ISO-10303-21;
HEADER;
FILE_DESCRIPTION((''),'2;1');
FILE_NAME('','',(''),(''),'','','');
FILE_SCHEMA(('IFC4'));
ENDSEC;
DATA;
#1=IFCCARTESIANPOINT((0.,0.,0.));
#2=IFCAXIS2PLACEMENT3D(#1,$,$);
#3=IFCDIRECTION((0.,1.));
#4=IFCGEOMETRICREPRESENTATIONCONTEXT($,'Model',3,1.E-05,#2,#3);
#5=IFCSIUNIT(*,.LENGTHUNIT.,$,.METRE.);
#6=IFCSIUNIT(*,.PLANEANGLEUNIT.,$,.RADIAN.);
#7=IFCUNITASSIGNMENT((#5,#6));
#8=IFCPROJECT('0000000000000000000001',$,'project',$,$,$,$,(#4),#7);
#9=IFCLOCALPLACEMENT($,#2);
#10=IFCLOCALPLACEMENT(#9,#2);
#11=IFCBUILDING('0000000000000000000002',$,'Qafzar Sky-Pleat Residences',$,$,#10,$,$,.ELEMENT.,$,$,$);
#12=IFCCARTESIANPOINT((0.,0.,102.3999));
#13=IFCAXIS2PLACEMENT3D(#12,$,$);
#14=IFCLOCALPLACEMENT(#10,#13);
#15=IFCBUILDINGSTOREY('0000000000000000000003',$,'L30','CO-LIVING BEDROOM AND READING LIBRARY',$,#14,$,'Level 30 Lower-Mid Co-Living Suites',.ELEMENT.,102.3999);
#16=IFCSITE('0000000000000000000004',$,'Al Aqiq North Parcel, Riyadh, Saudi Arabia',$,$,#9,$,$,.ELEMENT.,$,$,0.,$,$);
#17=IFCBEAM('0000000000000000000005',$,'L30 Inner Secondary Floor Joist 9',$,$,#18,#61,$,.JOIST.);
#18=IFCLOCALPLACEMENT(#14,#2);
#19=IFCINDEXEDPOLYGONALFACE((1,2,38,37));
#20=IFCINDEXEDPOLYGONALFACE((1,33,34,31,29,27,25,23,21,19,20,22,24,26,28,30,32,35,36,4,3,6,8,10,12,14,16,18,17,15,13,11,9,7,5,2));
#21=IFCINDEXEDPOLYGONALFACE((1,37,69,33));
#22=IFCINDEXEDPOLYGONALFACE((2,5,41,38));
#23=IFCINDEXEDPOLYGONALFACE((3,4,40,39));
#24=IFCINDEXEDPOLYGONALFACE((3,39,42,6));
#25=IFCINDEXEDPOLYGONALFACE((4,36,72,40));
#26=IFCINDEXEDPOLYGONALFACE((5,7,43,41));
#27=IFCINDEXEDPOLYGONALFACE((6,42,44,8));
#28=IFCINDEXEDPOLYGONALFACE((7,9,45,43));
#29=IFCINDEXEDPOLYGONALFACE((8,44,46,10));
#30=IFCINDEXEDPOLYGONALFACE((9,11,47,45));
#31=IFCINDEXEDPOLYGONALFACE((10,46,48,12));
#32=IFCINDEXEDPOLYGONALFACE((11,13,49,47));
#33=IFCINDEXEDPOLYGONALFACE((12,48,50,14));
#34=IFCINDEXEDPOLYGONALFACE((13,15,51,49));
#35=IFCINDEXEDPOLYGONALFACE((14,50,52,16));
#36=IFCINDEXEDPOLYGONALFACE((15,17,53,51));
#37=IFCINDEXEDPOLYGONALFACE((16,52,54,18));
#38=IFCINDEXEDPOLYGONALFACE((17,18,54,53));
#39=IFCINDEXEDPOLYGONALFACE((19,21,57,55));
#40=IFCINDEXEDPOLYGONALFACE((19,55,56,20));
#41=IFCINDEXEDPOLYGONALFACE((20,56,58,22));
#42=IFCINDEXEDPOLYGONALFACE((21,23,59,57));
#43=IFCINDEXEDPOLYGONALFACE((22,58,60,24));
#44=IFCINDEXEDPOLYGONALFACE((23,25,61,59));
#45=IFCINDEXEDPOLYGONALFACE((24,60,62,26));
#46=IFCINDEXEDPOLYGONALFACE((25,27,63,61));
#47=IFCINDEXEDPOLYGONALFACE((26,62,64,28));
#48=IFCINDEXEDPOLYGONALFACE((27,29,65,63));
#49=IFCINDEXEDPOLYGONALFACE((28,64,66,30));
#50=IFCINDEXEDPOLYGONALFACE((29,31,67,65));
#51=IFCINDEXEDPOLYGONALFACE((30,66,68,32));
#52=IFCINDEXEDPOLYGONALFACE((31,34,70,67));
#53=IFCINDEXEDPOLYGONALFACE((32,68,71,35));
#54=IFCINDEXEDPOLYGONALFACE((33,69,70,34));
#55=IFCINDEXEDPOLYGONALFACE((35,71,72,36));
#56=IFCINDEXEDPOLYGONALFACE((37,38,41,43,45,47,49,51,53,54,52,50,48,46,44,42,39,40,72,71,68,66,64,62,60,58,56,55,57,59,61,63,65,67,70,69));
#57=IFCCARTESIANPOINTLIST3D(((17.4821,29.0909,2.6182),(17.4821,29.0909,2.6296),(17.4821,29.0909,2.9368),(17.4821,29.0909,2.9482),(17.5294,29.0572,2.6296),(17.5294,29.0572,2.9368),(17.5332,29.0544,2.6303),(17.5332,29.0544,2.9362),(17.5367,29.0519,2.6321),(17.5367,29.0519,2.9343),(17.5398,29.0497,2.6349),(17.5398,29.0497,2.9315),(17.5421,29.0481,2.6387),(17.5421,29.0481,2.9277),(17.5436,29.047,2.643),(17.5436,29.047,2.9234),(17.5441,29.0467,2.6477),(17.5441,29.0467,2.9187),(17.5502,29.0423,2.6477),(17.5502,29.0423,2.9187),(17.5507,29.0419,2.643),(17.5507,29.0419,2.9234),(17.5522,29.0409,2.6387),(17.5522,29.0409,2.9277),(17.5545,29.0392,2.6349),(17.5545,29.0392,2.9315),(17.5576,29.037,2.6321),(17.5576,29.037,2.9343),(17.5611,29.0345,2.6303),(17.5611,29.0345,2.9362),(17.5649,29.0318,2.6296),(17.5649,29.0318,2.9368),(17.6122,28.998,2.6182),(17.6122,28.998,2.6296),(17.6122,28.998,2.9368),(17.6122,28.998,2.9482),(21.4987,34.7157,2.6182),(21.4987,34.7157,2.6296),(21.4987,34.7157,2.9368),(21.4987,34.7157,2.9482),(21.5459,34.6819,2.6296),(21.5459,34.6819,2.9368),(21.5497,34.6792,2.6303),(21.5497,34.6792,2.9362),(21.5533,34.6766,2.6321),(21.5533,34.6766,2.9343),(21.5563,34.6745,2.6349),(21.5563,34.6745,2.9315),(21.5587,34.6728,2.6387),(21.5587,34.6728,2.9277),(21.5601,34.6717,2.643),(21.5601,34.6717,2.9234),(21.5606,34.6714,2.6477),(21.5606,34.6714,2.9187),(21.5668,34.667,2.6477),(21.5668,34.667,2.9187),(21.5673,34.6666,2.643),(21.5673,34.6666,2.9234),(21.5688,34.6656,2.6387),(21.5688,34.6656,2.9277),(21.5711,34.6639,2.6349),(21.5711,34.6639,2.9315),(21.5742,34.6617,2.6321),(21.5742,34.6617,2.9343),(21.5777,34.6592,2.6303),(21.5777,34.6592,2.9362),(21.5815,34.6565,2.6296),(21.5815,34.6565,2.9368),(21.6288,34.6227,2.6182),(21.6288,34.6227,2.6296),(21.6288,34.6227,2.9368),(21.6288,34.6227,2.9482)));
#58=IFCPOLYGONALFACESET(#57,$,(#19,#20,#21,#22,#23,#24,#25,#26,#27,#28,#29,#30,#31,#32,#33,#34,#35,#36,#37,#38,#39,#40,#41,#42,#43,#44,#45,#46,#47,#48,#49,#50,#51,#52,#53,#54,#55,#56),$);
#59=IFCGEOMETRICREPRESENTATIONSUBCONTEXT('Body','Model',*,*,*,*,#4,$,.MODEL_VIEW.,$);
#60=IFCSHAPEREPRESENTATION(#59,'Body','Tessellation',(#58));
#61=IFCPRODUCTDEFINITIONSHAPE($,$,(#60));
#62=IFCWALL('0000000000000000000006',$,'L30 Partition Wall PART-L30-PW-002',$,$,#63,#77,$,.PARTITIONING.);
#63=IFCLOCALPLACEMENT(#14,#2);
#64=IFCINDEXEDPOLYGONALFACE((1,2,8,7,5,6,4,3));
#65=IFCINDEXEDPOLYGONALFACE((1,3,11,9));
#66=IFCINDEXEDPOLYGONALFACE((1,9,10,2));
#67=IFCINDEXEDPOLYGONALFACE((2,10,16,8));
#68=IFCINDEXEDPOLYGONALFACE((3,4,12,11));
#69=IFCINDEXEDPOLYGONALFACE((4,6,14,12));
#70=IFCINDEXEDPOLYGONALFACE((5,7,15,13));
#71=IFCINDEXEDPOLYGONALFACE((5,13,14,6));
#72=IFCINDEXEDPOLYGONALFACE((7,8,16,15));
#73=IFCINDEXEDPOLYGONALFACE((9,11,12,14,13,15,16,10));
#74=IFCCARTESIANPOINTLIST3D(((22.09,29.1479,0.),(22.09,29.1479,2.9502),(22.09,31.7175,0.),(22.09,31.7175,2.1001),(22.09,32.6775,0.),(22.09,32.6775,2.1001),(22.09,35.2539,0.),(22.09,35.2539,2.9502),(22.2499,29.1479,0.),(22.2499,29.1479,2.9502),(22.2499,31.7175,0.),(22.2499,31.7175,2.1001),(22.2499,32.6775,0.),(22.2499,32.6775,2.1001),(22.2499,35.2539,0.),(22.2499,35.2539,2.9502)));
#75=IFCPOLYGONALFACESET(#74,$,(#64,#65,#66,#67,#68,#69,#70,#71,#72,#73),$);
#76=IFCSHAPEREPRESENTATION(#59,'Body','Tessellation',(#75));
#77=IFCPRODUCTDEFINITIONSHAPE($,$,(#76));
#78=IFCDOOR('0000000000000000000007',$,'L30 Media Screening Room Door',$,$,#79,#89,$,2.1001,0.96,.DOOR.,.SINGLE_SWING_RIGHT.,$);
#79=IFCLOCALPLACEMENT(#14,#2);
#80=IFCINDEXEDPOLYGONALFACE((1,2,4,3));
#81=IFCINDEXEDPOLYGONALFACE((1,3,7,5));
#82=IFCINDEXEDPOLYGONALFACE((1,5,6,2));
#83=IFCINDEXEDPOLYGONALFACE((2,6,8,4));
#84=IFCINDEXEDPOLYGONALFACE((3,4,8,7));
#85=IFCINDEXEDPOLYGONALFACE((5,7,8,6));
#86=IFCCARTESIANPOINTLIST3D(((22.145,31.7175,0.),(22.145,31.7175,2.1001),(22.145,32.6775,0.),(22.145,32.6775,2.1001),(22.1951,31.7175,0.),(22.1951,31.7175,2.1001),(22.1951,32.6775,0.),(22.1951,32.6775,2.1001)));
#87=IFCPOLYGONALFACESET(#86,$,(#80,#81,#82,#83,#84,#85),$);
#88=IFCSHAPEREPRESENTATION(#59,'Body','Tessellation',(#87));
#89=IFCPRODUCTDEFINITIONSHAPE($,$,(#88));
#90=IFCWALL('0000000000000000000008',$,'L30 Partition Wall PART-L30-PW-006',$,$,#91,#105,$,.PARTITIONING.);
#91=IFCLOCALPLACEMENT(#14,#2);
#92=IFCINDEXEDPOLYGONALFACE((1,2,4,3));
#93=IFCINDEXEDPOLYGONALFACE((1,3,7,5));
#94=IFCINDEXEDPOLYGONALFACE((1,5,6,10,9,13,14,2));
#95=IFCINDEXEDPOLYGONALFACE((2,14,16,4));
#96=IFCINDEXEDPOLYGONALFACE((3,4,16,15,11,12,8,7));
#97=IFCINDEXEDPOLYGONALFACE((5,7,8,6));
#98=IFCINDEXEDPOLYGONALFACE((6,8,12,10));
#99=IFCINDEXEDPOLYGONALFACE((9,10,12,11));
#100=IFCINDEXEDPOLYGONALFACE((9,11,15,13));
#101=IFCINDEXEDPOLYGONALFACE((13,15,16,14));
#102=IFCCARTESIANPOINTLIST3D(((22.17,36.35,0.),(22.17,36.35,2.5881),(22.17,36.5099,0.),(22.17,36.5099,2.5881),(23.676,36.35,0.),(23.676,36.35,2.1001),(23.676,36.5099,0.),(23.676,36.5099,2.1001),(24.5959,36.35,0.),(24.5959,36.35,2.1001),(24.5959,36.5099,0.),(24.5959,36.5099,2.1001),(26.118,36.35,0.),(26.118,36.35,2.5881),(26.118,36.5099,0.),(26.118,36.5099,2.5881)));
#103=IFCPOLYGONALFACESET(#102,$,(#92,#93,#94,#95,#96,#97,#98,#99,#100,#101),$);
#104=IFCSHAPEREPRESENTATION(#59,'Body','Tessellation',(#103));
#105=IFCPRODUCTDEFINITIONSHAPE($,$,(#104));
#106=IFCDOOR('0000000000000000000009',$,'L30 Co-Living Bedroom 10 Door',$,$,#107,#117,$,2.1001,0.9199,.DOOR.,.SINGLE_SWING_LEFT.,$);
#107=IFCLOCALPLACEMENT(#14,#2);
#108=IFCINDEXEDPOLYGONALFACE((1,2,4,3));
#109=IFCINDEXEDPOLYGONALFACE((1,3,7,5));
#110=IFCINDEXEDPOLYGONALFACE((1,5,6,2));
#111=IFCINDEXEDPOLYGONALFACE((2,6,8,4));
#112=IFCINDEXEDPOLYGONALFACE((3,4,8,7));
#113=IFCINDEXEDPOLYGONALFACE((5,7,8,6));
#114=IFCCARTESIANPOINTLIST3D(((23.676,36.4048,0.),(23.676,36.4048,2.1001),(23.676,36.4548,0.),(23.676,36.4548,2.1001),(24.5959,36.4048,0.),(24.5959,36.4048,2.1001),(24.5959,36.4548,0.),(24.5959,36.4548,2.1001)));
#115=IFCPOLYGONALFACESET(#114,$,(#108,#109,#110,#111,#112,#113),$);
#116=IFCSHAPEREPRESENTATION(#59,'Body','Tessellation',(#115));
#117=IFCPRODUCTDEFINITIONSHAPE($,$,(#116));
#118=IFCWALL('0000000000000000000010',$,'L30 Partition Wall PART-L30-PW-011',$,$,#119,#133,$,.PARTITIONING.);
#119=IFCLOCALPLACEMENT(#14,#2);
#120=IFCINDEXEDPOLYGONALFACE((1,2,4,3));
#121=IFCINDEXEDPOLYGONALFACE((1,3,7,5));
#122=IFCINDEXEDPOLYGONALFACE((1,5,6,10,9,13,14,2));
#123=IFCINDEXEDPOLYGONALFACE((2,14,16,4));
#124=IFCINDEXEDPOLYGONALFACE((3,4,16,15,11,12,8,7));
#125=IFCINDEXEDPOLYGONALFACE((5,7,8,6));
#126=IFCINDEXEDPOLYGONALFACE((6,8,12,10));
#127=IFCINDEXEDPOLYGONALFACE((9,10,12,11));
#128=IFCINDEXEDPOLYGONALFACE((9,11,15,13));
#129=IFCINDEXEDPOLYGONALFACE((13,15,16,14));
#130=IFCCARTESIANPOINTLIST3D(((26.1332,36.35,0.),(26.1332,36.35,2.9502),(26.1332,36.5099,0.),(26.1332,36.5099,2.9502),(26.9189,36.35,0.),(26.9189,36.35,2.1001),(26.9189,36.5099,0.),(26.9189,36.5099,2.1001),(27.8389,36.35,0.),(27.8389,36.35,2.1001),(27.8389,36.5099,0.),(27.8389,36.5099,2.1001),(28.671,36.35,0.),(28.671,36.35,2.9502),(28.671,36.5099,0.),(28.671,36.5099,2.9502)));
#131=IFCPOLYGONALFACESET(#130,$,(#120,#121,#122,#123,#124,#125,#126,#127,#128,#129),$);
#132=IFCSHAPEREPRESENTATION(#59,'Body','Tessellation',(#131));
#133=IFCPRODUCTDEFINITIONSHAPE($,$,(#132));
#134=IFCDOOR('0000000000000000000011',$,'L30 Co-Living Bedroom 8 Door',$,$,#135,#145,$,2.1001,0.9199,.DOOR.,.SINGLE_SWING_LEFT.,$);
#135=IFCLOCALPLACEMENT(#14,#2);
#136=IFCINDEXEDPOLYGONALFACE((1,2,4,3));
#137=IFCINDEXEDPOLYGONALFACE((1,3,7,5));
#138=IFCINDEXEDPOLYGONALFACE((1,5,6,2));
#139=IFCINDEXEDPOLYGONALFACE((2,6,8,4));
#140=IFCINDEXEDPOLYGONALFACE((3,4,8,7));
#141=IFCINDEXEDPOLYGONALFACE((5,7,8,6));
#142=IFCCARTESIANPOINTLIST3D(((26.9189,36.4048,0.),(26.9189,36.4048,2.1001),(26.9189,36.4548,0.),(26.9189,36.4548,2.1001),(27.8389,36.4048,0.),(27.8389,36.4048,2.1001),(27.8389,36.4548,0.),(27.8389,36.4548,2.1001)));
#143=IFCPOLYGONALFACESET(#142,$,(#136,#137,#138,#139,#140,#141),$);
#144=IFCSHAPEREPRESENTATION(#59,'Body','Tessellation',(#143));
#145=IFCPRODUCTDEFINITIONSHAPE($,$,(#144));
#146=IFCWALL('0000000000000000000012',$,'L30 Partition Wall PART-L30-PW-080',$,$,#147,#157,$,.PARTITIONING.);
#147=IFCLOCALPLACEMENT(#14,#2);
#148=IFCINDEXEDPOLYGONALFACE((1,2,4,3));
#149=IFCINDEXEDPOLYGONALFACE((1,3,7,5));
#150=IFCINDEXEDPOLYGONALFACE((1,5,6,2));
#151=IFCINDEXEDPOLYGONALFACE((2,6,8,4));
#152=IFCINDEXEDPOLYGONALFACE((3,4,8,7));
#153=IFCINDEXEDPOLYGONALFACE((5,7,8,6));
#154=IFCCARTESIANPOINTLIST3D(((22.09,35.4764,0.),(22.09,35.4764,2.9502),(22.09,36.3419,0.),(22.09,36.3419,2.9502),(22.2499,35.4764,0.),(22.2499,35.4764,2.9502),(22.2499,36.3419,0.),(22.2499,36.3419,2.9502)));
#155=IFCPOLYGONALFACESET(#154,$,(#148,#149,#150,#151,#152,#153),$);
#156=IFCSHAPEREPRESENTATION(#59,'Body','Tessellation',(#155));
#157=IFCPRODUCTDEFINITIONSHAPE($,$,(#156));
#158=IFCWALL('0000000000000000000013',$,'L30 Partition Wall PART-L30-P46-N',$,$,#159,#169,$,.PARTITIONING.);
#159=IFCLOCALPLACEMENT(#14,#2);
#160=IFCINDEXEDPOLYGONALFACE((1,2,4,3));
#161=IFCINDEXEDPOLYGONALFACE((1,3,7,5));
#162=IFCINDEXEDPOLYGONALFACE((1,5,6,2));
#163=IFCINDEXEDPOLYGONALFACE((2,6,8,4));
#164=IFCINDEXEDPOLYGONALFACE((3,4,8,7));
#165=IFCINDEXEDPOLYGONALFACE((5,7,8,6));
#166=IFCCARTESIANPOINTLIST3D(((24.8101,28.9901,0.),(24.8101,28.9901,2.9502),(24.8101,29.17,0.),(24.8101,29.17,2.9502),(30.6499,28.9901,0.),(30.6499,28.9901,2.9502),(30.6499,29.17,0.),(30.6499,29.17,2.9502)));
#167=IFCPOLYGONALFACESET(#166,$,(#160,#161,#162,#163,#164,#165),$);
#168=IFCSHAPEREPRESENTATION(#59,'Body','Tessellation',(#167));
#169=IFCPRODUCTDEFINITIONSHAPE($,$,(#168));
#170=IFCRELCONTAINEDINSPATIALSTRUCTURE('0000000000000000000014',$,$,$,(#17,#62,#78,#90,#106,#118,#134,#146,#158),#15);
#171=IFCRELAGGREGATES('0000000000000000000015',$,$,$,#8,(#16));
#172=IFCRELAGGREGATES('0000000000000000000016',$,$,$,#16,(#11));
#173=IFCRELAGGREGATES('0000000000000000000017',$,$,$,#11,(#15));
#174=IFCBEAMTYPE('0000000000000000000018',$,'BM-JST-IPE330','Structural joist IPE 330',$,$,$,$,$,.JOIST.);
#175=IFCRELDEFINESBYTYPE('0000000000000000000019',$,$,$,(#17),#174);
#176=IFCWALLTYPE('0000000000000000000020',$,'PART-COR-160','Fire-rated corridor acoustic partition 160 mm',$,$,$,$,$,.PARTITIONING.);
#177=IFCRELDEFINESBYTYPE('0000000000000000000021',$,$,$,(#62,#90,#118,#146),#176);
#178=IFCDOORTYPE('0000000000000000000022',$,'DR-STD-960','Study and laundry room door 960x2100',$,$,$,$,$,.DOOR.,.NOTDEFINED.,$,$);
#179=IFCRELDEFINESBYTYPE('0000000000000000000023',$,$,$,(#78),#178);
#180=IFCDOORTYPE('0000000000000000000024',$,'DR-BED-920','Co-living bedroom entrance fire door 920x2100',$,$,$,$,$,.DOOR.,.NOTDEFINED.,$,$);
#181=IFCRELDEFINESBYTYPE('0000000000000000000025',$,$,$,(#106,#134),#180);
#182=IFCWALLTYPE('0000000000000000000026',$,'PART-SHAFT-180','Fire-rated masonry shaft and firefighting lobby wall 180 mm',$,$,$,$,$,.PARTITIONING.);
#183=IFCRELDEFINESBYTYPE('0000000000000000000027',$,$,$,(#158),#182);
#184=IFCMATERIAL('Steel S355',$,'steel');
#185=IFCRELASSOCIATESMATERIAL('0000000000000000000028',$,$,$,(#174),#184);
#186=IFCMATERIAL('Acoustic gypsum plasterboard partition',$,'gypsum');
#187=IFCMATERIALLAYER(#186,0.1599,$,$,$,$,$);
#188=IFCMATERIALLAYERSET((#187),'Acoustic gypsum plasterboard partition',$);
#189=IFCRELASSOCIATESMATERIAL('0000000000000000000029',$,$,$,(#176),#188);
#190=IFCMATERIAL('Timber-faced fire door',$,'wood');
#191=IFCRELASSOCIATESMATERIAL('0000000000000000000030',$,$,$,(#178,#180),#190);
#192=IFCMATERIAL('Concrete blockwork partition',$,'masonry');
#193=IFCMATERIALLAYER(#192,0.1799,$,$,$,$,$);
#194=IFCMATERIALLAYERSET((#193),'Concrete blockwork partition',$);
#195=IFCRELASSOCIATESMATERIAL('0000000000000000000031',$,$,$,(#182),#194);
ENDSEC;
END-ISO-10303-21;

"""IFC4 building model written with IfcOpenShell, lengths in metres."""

from ifc_helpers import new_model, si_unit, direction, frame, frame_2d, origin, origin_2d, place, context, subcontext, project, spatial, rectangle, i_section, extrude, source, transform, mapped, material, layer, layer_set, material_profile, profile_set, type_object, element, fill, save


model = new_model("IFC4")

# Units and contexts
model_context = context("Model", 3, precision=1e-05, world=origin(), true_north=direction((0.0, 1.0)))
body_context = subcontext(model_context, "Body", "Model", "MODEL_VIEW")
ifc_project = project(units=[si_unit("LENGTHUNIT", "METRE"), si_unit("PLANEANGLEUNIT", "RADIAN")], contexts=[model_context])

# Site, building, storey
site_placement = place(None, origin())
site = spatial("IfcSite", under=ifc_project, at=site_placement, Name="Al Aqiq North Parcel, Riyadh, Saudi Arabia", CompositionType="ELEMENT", RefElevation=0.0)
building_placement = place(site_placement, origin())
building = spatial("IfcBuilding", under=site, at=building_placement, Name="Qafzar Sky-Pleat Residences", CompositionType="ELEMENT")
storey_placement = place(building_placement, frame((0.0, 0.0, 102.3999)))
storey = spatial("IfcBuildingStorey", under=building, at=storey_placement, Name="L30", Description="CO-LIVING BEDROOM AND READING LIBRARY", LongName="Level 30 Lower-Mid Co-Living Suites", CompositionType="ELEMENT", Elevation=102.3999)

# Beam
ifc_material_1 = material(Name="Steel S355", Category="steel")
ifc_material_profile = material_profile(ifc_material_1, i_section(OverallWidth=0.1599, OverallDepth=0.3301, WebThickness=0.0076, FlangeThickness=0.0115, FilletRadius=0.0181, at=origin_2d()), Name="IPE 330")
ifc_profile_set = profile_set([ifc_material_profile], Name="Steel S355")
beam_type = type_object("IfcBeamType", Name="BM-JST-IPE330", Description="Structural joist IPE 330", PredefinedType="JOIST", material=ifc_profile_set)
shared_shape_1 = source(origin(), body_context, "Body", "SweptSolid", [
    extrude(i_section(OverallWidth=0.1599, OverallDepth=0.3301, WebThickness=0.0076, FlangeThickness=0.0115, FilletRadius=0.0181, at=origin_2d()), origin(), (0.0, 0.0, 1.0), 6.9116),
])
beam_placement = place(storey_placement, frame((21.5637, 34.6692, 2.7832), z_axis=(-0.581135, -0.813807, 0.0), x_axis=(0.813807, -0.581135, 0.0)))
element("IfcBeam", 1, at=beam_placement, inside=storey, type_object=beam_type, Name="L30 Inner Secondary Floor Joist 9", PredefinedType="JOIST", context=body_context, shape_type="MappedRepresentation", body=[
    mapped(shared_shape_1, transform((0.0, 0.0, 0.0), x_axis=(1.0, 0.0, 0.0), y_axis=(0.0, 1.0, 0.0), z_axis=(0.0, 0.0, 1.0), scale=1.0)),
])

# Walls, openings, doors
ifc_material_2 = material(Name="Acoustic gypsum plasterboard partition", Category="gypsum")
ifc_layer_1 = layer(ifc_material_2, 0.1599)
ifc_layer_set_1 = layer_set([ifc_layer_1], Name="Acoustic gypsum plasterboard partition")
wall_type_1 = type_object("IfcWallType", Name="PART-COR-160", Description="Fire-rated corridor acoustic partition 160 mm", PredefinedType="PARTITIONING", material=ifc_layer_set_1)
wall_1_placement = place(storey_placement, frame((22.1699, 29.1479, 0.0), z_axis=(0.0, 0.0, 1.0), x_axis=(0.0, 1.0, 0.0)))
wall_1 = element("IfcWall", 2, at=wall_1_placement, inside=storey, type_object=wall_type_1, Name="L30 Partition Wall PART-L30-PW-002", PredefinedType="PARTITIONING", context=body_context, shape_type="SweptSolid", body=[
    extrude(rectangle(XDim=6.106, YDim=0.1599, at=frame_2d((3.053, 0.0))), origin(), (0.0, 0.0, 1.0), 2.9502),
])
opening_1_placement = place(wall_1_placement, frame((2.5696, 0.0, 0.0)))
opening_1 = element("IfcOpeningElement", 3, at=opening_1_placement, cuts=wall_1, PredefinedType="OPENING", context=body_context, shape_type="SweptSolid", body=[
    extrude(rectangle(XDim=0.96, YDim=2.1001, at=frame_2d((0.48, 1.05))), frame((0.0, 0.0898, 0.0), z_axis=(0.0, -1.0, 0.0), x_axis=(1.0, 0.0, 0.0)), (0.0, 0.0, 1.0), 0.1799),
])
ifc_material_3 = material(Name="Timber-faced fire door", Category="wood")
door_type_1 = type_object("IfcDoorType", Name="DR-STD-960", Description="Study and laundry room door 960x2100", OperationType="NOTDEFINED", PredefinedType="DOOR", material=ifc_material_3)
shared_shape_2 = source(origin(), body_context, "Body", "SweptSolid", [
    extrude(rectangle(XDim=0.96, YDim=2.1001, at=frame_2d((0.48, 1.05))), frame((0.0, 0.0249, 0.0), z_axis=(0.0, -1.0, 0.0), x_axis=(1.0, 0.0, 0.0)), (0.0, 0.0, 1.0), 0.05),
])
door_1_placement = place(opening_1_placement, origin())
door_1 = element("IfcDoor", 4, at=door_1_placement, inside=storey, type_object=door_type_1, Name="L30 Media Screening Room Door", OperationType="SINGLE_SWING_RIGHT", OverallHeight=2.1001, OverallWidth=0.96, PredefinedType="DOOR", context=body_context, shape_type="MappedRepresentation", body=[
    mapped(shared_shape_2, transform((0.0, 0.0, 0.0), x_axis=(1.0, 0.0, 0.0), y_axis=(0.0, 1.0, 0.0), z_axis=(0.0, 0.0, 1.0), scale=1.0)),
])
fill(opening_1, door_1)
wall_2_placement = place(storey_placement, frame((22.1699, 36.4299, 0.0), z_axis=(0.0, 0.0, 1.0), x_axis=(1.0, 0.0, 0.0)))
wall_2 = element("IfcWall", 5, at=wall_2_placement, inside=storey, type_object=wall_type_1, Name="L30 Partition Wall PART-L30-PW-006", PredefinedType="PARTITIONING", context=body_context, shape_type="SweptSolid", body=[
    extrude(rectangle(XDim=3.948, YDim=0.1599, at=frame_2d((1.9741, 0.0))), origin(), (0.0, 0.0, 1.0), 2.5881),
])
opening_2_placement = place(wall_2_placement, frame((1.5061, 0.0, 0.0)))
opening_2 = element("IfcOpeningElement", 6, at=opening_2_placement, cuts=wall_2, PredefinedType="OPENING", context=body_context, shape_type="SweptSolid", body=[
    extrude(rectangle(XDim=0.9199, YDim=2.1001, at=frame_2d((0.46, 1.05))), frame((0.0, 0.0898, 0.0), z_axis=(0.0, -1.0, 0.0), x_axis=(1.0, 0.0, 0.0)), (0.0, 0.0, 1.0), 0.1799),
])
door_type_2 = type_object("IfcDoorType", Name="DR-BED-920", Description="Co-living bedroom entrance fire door 920x2100", OperationType="NOTDEFINED", PredefinedType="DOOR", material=ifc_material_3)
shared_shape_3 = source(origin(), body_context, "Body", "SweptSolid", [
    extrude(rectangle(XDim=0.9199, YDim=2.1001, at=frame_2d((0.46, 1.05))), frame((0.0, 0.0249, 0.0), z_axis=(0.0, -1.0, 0.0), x_axis=(1.0, 0.0, 0.0)), (0.0, 0.0, 1.0), 0.05),
])
door_2_placement = place(opening_2_placement, origin())
door_2 = element("IfcDoor", 7, at=door_2_placement, inside=storey, type_object=door_type_2, Name="L30 Co-Living Bedroom 10 Door", OperationType="SINGLE_SWING_LEFT", OverallHeight=2.1001, OverallWidth=0.9199, PredefinedType="DOOR", context=body_context, shape_type="MappedRepresentation", body=[
    mapped(shared_shape_3, transform((0.0, 0.0, 0.0), x_axis=(1.0, 0.0, 0.0), y_axis=(0.0, 1.0, 0.0), z_axis=(0.0, 0.0, 1.0), scale=1.0)),
])
fill(opening_2, door_2)
wall_3_placement = place(storey_placement, frame((26.1331, 36.4299, 0.0), z_axis=(0.0, 0.0, 1.0), x_axis=(1.0, 0.0, 0.0)))
wall_3 = element("IfcWall", 8, at=wall_3_placement, inside=storey, type_object=wall_type_1, Name="L30 Partition Wall PART-L30-PW-011", PredefinedType="PARTITIONING", context=body_context, shape_type="SweptSolid", body=[
    extrude(rectangle(XDim=2.5378, YDim=0.1599, at=frame_2d((1.269, 0.0))), origin(), (0.0, 0.0, 1.0), 2.9502),
])
opening_3_placement = place(wall_3_placement, frame((0.7859, 0.0, 0.0)))
opening_3 = element("IfcOpeningElement", 9, at=opening_3_placement, cuts=wall_3, PredefinedType="OPENING", context=body_context, shape_type="SweptSolid", body=[
    extrude(rectangle(XDim=0.9199, YDim=2.1001, at=frame_2d((0.46, 1.05))), frame((0.0, 0.0898, 0.0), z_axis=(0.0, -1.0, 0.0), x_axis=(1.0, 0.0, 0.0)), (0.0, 0.0, 1.0), 0.1799),
])
door_3_placement = place(opening_3_placement, origin())
door_3 = element("IfcDoor", 10, at=door_3_placement, inside=storey, type_object=door_type_2, Name="L30 Co-Living Bedroom 8 Door", OperationType="SINGLE_SWING_LEFT", OverallHeight=2.1001, OverallWidth=0.9199, PredefinedType="DOOR", context=body_context, shape_type="MappedRepresentation", body=[
    mapped(shared_shape_3, transform((0.0, 0.0, 0.0), x_axis=(1.0, 0.0, 0.0), y_axis=(0.0, 1.0, 0.0), z_axis=(0.0, 0.0, 1.0), scale=1.0)),
])
fill(opening_3, door_3)

# Walls
wall_4_placement = place(storey_placement, frame((22.1699, 35.4766, 0.0), z_axis=(0.0, 0.0, 1.0), x_axis=(0.0, 1.0, 0.0)))
element("IfcWall", 11, at=wall_4_placement, inside=storey, type_object=wall_type_1, Name="L30 Partition Wall PART-L30-PW-080", PredefinedType="PARTITIONING", context=body_context, shape_type="SweptSolid", body=[
    extrude(rectangle(XDim=0.8655, YDim=0.1599, at=frame_2d((0.4326, 0.0))), origin(), (0.0, 0.0, 1.0), 2.9502),
])
ifc_material_4 = material(Name="Concrete blockwork partition", Category="masonry")
ifc_layer_2 = layer(ifc_material_4, 0.1799)
ifc_layer_set_2 = layer_set([ifc_layer_2], Name="Concrete blockwork partition")
wall_type_2 = type_object("IfcWallType", Name="PART-SHAFT-180", Description="Fire-rated masonry shaft and firefighting lobby wall 180 mm", PredefinedType="PARTITIONING", material=ifc_layer_set_2)
wall_5_placement = place(storey_placement, frame((24.8101, 29.0801, 0.0), z_axis=(0.0, 0.0, 1.0), x_axis=(1.0, 0.0, 0.0)))
element("IfcWall", 12, at=wall_5_placement, inside=storey, type_object=wall_type_2, Name="L30 Partition Wall PART-L30-P46-N", PredefinedType="PARTITIONING", context=body_context, shape_type="SweptSolid", body=[
    extrude(rectangle(XDim=5.8398, YDim=0.1799, at=frame_2d((2.9199, 0.0))), origin(), (0.0, 0.0, 1.0), 2.9502),
])

save(model, "model.ifc")
